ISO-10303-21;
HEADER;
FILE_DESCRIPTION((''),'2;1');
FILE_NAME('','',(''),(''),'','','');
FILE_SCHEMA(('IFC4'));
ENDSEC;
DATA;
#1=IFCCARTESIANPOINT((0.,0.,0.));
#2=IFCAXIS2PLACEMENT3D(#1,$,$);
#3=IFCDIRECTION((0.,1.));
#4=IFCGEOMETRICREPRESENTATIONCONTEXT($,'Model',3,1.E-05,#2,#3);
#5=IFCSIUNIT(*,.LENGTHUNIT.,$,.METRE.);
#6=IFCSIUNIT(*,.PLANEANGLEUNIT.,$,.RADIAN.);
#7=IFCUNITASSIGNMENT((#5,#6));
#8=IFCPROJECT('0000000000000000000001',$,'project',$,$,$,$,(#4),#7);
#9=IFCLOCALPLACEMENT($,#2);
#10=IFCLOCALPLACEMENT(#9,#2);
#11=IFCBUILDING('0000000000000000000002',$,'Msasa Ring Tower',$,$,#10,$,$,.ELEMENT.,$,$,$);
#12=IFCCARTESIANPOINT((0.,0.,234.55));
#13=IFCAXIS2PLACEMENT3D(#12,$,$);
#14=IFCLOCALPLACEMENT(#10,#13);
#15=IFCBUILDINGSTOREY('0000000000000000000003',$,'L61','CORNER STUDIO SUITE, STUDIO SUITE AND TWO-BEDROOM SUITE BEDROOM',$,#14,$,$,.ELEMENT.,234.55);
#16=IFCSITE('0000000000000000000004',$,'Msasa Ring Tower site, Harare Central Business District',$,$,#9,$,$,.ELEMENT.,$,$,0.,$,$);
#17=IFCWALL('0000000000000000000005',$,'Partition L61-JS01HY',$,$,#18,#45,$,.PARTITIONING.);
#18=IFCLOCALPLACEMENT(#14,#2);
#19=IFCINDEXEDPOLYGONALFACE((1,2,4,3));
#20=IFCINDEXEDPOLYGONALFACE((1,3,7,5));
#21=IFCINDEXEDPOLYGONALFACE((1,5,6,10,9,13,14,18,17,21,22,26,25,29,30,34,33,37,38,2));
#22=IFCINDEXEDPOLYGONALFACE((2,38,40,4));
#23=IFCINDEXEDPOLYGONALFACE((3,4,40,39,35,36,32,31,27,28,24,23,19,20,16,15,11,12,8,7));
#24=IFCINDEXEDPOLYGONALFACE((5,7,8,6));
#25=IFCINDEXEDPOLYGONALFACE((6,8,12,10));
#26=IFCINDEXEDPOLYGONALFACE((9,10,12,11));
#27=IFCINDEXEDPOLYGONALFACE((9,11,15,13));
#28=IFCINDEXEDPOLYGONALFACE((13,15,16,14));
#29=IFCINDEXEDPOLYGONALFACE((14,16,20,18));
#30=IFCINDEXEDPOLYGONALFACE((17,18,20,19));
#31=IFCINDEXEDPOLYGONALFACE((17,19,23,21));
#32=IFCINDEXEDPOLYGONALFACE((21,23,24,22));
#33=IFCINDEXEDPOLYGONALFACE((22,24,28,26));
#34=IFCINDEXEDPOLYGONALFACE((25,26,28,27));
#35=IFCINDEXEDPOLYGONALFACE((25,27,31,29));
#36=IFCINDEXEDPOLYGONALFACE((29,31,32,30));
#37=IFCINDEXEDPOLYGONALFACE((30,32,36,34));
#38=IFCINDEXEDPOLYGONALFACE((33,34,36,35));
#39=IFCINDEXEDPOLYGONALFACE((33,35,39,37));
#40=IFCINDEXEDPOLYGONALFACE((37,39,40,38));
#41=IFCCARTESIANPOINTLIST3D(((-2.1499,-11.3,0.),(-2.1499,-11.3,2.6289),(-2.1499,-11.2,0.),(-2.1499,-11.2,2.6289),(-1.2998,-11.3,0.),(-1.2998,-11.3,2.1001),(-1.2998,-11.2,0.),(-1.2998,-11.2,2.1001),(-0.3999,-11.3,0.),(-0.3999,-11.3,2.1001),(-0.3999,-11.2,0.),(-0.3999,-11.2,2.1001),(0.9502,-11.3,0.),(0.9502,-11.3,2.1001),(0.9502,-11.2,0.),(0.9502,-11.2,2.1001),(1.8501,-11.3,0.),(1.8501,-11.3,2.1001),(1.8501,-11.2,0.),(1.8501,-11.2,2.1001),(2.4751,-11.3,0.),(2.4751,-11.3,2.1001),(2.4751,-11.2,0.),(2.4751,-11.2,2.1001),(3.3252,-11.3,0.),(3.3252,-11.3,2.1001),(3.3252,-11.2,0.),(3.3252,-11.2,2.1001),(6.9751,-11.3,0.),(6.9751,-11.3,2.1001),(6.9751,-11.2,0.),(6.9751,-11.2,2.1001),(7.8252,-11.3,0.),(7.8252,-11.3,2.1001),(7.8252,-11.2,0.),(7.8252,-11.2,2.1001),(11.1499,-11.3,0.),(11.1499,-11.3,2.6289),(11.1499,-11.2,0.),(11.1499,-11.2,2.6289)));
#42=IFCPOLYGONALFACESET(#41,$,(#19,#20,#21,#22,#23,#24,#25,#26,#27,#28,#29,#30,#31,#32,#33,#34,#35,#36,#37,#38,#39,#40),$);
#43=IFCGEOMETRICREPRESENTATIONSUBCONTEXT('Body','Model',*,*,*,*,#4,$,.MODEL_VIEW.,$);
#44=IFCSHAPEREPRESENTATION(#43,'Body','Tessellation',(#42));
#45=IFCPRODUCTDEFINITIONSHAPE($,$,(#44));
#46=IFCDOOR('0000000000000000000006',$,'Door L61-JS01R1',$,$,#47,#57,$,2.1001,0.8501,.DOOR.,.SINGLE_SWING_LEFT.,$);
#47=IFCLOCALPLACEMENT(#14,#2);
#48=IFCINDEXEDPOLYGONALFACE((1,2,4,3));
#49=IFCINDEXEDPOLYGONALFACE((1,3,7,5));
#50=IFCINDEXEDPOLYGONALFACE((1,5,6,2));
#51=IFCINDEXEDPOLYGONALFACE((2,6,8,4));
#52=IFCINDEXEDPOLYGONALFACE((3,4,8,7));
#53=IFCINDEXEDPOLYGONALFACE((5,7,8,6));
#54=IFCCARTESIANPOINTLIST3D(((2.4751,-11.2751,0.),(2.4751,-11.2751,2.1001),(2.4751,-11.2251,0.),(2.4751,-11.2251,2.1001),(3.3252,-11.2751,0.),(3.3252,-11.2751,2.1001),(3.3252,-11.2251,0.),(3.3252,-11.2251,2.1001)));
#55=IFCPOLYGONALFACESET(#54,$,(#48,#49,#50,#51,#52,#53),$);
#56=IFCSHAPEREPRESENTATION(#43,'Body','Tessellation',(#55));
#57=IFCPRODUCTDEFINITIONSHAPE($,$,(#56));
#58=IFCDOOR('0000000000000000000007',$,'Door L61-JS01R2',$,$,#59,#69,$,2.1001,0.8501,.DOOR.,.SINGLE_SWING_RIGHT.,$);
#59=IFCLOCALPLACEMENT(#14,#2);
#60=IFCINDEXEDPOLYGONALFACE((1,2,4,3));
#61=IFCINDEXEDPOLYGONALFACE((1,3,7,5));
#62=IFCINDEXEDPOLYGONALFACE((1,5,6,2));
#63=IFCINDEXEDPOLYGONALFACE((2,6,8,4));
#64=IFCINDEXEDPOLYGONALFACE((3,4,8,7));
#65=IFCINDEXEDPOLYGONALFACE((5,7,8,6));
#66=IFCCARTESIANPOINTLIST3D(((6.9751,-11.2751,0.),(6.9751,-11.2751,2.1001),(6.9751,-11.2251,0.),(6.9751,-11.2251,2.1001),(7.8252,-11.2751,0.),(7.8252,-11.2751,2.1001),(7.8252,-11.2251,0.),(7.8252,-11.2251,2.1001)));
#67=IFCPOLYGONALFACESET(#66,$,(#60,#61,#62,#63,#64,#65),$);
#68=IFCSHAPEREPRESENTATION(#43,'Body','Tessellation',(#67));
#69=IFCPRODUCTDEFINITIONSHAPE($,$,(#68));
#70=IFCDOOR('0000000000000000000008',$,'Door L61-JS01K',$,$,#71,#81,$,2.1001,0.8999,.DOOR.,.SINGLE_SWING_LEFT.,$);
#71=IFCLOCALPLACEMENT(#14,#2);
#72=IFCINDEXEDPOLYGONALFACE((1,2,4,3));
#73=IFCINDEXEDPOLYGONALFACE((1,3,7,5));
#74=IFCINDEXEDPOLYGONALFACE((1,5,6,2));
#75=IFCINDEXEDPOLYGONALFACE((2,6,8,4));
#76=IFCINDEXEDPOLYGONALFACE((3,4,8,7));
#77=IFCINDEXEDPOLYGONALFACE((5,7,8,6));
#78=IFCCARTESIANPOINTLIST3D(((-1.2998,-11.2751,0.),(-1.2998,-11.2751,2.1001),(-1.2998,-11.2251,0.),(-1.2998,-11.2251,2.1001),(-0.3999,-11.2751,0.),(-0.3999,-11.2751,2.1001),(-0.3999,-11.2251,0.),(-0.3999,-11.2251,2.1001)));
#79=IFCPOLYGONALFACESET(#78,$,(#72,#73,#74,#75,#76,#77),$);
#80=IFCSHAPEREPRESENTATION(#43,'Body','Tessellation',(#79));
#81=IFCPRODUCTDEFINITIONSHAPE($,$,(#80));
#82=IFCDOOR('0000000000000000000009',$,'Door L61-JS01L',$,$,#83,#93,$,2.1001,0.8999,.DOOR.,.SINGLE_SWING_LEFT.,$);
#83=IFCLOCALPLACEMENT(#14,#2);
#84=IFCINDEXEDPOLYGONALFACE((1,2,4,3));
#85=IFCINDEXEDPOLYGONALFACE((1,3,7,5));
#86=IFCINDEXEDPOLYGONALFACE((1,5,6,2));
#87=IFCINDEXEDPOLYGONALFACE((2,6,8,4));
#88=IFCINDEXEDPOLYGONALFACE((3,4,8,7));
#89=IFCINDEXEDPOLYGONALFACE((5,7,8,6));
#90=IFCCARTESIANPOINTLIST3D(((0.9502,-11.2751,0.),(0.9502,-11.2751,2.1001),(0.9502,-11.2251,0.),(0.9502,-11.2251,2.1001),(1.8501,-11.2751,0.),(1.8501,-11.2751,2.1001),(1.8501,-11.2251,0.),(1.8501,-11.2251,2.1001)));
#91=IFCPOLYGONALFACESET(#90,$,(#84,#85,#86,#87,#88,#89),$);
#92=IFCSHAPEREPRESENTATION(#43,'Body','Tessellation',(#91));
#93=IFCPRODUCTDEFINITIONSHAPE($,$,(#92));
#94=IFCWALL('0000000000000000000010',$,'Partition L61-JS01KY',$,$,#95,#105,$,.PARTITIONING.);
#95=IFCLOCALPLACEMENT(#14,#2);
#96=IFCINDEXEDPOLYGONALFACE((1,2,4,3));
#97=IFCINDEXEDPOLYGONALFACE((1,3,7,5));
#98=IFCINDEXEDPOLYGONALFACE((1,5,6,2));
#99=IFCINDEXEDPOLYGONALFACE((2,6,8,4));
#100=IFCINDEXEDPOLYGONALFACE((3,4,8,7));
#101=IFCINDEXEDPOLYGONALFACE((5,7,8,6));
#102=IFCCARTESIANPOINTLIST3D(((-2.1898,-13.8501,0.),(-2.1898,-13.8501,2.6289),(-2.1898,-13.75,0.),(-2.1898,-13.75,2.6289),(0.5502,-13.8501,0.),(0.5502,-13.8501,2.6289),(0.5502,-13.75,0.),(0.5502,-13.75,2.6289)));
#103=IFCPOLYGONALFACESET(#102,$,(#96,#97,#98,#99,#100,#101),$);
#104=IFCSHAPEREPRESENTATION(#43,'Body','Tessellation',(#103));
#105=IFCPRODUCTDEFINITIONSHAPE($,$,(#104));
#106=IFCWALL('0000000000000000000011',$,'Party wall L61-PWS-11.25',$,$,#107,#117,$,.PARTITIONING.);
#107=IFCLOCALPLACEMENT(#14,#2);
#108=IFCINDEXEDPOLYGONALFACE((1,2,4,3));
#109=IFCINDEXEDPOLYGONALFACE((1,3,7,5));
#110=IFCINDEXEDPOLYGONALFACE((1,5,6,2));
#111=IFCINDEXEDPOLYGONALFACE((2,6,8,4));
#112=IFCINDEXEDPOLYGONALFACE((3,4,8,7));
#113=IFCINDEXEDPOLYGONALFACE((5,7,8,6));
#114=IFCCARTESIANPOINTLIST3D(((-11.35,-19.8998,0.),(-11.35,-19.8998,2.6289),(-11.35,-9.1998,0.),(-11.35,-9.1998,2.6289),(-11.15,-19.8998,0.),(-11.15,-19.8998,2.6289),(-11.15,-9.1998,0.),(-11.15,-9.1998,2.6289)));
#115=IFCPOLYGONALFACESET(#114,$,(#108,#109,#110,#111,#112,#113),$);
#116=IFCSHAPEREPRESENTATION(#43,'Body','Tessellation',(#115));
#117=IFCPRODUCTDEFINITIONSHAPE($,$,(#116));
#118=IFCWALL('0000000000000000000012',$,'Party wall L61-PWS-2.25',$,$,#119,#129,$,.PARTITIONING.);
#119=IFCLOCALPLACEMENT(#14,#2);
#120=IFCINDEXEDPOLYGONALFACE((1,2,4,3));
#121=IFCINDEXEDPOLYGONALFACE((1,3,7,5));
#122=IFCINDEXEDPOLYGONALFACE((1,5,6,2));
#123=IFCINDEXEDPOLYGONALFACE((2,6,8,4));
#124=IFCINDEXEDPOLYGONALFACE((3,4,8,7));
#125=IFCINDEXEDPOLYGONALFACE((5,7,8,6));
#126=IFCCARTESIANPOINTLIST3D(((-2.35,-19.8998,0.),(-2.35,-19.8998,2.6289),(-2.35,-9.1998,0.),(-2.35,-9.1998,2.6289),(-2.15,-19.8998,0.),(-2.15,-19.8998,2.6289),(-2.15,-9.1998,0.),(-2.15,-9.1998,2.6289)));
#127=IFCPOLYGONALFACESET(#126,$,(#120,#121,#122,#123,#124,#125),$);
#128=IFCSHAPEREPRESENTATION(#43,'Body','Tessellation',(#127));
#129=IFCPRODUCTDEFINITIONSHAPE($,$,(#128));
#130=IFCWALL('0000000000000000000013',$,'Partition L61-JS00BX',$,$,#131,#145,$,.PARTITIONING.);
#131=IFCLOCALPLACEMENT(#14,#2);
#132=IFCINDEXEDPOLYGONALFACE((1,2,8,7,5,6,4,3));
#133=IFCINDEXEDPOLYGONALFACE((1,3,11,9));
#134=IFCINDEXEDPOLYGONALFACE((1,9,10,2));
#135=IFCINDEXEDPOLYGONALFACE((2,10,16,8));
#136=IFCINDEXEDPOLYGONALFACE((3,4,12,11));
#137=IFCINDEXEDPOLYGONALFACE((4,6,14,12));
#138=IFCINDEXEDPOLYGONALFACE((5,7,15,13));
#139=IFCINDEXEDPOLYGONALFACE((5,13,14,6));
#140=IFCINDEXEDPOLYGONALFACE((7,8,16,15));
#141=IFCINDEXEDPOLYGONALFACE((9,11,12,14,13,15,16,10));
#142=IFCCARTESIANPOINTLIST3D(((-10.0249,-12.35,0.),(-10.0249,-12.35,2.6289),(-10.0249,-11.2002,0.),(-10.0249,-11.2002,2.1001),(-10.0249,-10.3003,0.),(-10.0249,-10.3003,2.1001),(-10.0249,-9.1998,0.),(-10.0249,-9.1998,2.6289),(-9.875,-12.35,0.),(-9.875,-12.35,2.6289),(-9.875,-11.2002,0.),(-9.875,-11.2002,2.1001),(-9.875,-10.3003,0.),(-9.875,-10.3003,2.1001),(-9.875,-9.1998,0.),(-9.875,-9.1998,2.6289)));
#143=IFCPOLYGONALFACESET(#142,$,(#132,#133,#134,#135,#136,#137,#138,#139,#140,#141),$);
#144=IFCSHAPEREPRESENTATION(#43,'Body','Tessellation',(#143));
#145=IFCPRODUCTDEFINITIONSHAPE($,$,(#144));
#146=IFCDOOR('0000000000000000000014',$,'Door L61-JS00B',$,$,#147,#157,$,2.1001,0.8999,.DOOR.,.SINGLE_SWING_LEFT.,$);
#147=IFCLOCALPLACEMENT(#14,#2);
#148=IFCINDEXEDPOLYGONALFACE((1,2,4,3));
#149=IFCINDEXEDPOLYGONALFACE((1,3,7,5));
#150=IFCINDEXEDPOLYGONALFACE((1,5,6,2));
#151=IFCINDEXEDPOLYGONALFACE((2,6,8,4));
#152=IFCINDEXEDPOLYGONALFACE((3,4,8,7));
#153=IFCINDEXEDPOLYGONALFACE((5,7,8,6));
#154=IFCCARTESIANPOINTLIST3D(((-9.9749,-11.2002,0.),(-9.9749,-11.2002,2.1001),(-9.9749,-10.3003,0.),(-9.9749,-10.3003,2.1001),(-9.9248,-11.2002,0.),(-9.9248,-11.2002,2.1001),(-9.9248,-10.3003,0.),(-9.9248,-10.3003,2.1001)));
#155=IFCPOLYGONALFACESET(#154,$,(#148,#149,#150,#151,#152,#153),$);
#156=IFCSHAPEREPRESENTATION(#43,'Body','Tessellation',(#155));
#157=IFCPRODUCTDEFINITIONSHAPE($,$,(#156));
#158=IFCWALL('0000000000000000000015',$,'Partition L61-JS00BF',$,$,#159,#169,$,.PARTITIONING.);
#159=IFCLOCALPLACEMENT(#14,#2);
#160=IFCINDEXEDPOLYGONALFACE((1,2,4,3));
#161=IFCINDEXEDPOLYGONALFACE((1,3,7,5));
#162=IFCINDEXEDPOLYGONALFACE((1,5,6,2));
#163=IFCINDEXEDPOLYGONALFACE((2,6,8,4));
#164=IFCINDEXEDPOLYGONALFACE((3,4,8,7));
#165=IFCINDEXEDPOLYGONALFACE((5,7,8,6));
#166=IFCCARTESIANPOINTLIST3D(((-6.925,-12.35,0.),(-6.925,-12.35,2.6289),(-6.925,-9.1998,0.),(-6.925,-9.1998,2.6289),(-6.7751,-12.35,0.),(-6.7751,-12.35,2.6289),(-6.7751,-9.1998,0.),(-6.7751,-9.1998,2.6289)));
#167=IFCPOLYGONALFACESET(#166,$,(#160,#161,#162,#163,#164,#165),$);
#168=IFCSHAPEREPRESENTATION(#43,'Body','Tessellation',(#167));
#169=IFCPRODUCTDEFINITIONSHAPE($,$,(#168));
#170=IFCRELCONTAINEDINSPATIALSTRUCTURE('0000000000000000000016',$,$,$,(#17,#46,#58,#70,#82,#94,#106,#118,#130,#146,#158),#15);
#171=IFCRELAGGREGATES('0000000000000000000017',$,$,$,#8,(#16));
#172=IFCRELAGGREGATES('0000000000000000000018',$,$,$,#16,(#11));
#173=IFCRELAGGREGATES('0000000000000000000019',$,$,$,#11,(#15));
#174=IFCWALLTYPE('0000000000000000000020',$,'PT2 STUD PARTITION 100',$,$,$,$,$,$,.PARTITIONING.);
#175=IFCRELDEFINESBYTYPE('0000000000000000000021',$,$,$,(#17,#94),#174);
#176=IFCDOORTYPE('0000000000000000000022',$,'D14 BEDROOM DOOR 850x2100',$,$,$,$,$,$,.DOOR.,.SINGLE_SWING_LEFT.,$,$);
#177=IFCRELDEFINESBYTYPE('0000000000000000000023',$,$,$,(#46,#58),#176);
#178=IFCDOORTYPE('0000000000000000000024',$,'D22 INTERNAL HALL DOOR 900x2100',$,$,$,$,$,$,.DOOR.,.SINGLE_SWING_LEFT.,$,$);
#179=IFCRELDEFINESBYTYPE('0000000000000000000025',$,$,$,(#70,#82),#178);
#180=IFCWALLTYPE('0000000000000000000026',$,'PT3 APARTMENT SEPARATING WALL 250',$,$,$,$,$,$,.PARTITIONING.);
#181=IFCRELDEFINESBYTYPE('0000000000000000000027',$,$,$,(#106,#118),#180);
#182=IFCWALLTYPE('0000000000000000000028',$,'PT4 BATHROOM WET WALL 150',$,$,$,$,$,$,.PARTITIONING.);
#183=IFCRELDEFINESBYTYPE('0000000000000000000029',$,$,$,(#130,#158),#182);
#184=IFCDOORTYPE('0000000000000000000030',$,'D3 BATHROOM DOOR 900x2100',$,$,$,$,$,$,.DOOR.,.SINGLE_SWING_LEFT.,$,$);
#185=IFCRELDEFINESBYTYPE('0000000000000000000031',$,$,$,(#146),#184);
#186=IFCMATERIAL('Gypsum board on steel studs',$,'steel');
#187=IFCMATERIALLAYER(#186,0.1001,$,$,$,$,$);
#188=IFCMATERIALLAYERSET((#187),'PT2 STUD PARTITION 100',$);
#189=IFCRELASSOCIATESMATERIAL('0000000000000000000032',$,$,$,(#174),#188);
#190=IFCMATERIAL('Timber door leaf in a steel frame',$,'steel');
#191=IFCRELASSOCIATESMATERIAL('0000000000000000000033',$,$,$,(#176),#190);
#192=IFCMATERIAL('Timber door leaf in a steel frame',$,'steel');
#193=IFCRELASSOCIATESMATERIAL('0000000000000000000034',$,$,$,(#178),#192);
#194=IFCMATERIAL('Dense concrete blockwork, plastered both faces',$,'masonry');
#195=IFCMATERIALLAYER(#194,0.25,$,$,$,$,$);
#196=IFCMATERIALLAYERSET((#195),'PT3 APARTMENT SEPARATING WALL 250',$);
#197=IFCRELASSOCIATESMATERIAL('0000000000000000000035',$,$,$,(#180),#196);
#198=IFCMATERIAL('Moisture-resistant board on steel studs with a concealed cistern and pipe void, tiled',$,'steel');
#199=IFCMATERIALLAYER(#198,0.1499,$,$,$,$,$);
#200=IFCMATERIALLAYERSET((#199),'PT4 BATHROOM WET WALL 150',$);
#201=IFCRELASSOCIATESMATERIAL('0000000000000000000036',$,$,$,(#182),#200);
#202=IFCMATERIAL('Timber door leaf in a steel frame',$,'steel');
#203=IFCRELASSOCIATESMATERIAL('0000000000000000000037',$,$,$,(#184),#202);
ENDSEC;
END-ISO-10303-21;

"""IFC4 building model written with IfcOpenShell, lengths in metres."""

from ifc_helpers import new_model, si_unit, direction, frame, frame_2d, origin, place, context, subcontext, project, spatial, rectangle, extrude, material, layer, layer_set, type_object, element, fill, save


model = new_model("IFC4")

# Units and contexts
model_context = context("Model", 3, precision=1e-05, world=origin(), true_north=direction((0.0, 1.0)))
body_context = subcontext(model_context, "Body", "Model", "MODEL_VIEW")
ifc_project = project(units=[si_unit("LENGTHUNIT", "METRE"), si_unit("PLANEANGLEUNIT", "RADIAN")], contexts=[model_context])

# Site, building, storey
site_placement = place(None, origin())
site = spatial("IfcSite", under=ifc_project, at=site_placement, Name="Msasa Ring Tower site, Harare Central Business District", CompositionType="ELEMENT", RefElevation=0.0)
building_placement = place(site_placement, origin())
building = spatial("IfcBuilding", under=site, at=building_placement, Name="Msasa Ring Tower", CompositionType="ELEMENT")
storey_placement = place(building_placement, frame((0.0, 0.0, 234.55)))
storey = spatial("IfcBuildingStorey", under=building, at=storey_placement, Name="L61", Description="CORNER STUDIO SUITE, STUDIO SUITE AND TWO-BEDROOM SUITE BEDROOM", CompositionType="ELEMENT", Elevation=234.55)

# Wall, openings, doors
ifc_material_1 = material(Name="Gypsum board on steel studs", Category="steel")
ifc_layer_1 = layer(ifc_material_1, 0.1001)
ifc_layer_set_1 = layer_set([ifc_layer_1], Name="PT2 STUD PARTITION 100")
wall_type_1 = type_object("IfcWallType", Name="PT2 STUD PARTITION 100", PredefinedType="PARTITIONING", material=ifc_layer_set_1)
wall_1_placement = place(storey_placement, frame((-2.1499, -11.25, 0.0), z_axis=(0.0, 0.0, 1.0), x_axis=(1.0, 0.0, 0.0)))
wall_1 = element("IfcWall", 1, at=wall_1_placement, inside=storey, type_object=wall_type_1, Name="Partition L61-JS01HY", PredefinedType="PARTITIONING", context=body_context, shape_type="SweptSolid", body=[
    extrude(rectangle(XDim=13.2998, YDim=0.1001, at=frame_2d((6.6499, 0.0))), origin(), (0.0, 0.0, 1.0), 2.6289),
])
opening_1_placement = place(wall_1_placement, frame((0.8501, 0.0, 0.0)))
opening_1 = element("IfcOpeningElement", 2, at=opening_1_placement, cuts=wall_1, PredefinedType="OPENING", context=body_context, shape_type="SweptSolid", body=[
    extrude(rectangle(XDim=0.8999, YDim=2.1001, at=frame_2d((0.45, 1.05))), frame((0.0, 0.0601, 0.0), z_axis=(0.0, -1.0, 0.0), x_axis=(1.0, 0.0, 0.0)), (0.0, 0.0, 1.0), 0.1201),
])
opening_2_placement = place(wall_1_placement, frame((3.1001, 0.0, 0.0)))
opening_2 = element("IfcOpeningElement", 3, at=opening_2_placement, cuts=wall_1, PredefinedType="OPENING", context=body_context, shape_type="SweptSolid", body=[
    extrude(rectangle(XDim=0.8999, YDim=2.1001, at=frame_2d((0.45, 1.05))), frame((0.0, 0.0601, 0.0), z_axis=(0.0, -1.0, 0.0), x_axis=(1.0, 0.0, 0.0)), (0.0, 0.0, 1.0), 0.1201),
])
opening_3_placement = place(wall_1_placement, frame((4.625, 0.0, 0.0)))
opening_3 = element("IfcOpeningElement", 4, at=opening_3_placement, cuts=wall_1, PredefinedType="OPENING", context=body_context, shape_type="SweptSolid", body=[
    extrude(rectangle(XDim=0.8501, YDim=2.1001, at=frame_2d((0.425, 1.05))), frame((0.0, 0.0601, 0.0), z_axis=(0.0, -1.0, 0.0), x_axis=(1.0, 0.0, 0.0)), (0.0, 0.0, 1.0), 0.1201),
])
opening_4_placement = place(wall_1_placement, frame((9.125, 0.0, 0.0)))
opening_4 = element("IfcOpeningElement", 5, at=opening_4_placement, cuts=wall_1, PredefinedType="OPENING", context=body_context, shape_type="SweptSolid", body=[
    extrude(rectangle(XDim=0.8501, YDim=2.1001, at=frame_2d((0.425, 1.05))), frame((0.0, 0.0601, 0.0), z_axis=(0.0, -1.0, 0.0), x_axis=(1.0, 0.0, 0.0)), (0.0, 0.0, 1.0), 0.1201),
])
ifc_material_2 = material(Name="Timber door leaf in a steel frame", Category="steel")
door_type_1 = type_object("IfcDoorType", Name="D14 BEDROOM DOOR 850x2100", OperationType="SINGLE_SWING_LEFT", PredefinedType="DOOR", material=ifc_material_2)
door_1_placement = place(opening_3_placement, origin())
door_1 = element("IfcDoor", 6, at=door_1_placement, inside=storey, type_object=door_type_1, Name="Door L61-JS01R1", OperationType="SINGLE_SWING_LEFT", OverallHeight=2.1001, OverallWidth=0.8501, PredefinedType="DOOR", context=body_context, shape_type="SweptSolid", body=[
    extrude(rectangle(XDim=0.8501, YDim=2.1001, at=frame_2d((0.425, 1.05))), frame((0.0, 0.0249, 0.0), z_axis=(0.0, -1.0, 0.0), x_axis=(1.0, 0.0, 0.0)), (0.0, 0.0, 1.0), 0.05),
])
fill(opening_3, door_1)
door_2_placement = place(opening_4_placement, origin())
door_2 = element("IfcDoor", 7, at=door_2_placement, inside=storey, type_object=door_type_1, Name="Door L61-JS01R2", OperationType="SINGLE_SWING_RIGHT", OverallHeight=2.1001, OverallWidth=0.8501, PredefinedType="DOOR", context=body_context, shape_type="SweptSolid", body=[
    extrude(rectangle(XDim=0.8501, YDim=2.1001, at=frame_2d((0.425, 1.05))), frame((0.0, 0.0249, 0.0), z_axis=(0.0, -1.0, 0.0), x_axis=(1.0, 0.0, 0.0)), (0.0, 0.0, 1.0), 0.05),
])
fill(opening_4, door_2)
ifc_material_3 = material(Name="Timber door leaf in a steel frame", Category="steel")
door_type_2 = type_object("IfcDoorType", Name="D22 INTERNAL HALL DOOR 900x2100", OperationType="SINGLE_SWING_LEFT", PredefinedType="DOOR", material=ifc_material_3)
door_3_placement = place(opening_1_placement, origin())
door_3 = element("IfcDoor", 8, at=door_3_placement, inside=storey, type_object=door_type_2, Name="Door L61-JS01K", OperationType="SINGLE_SWING_LEFT", OverallHeight=2.1001, OverallWidth=0.8999, PredefinedType="DOOR", context=body_context, shape_type="SweptSolid", body=[
    extrude(rectangle(XDim=0.8999, YDim=2.1001, at=frame_2d((0.45, 1.05))), frame((0.0, 0.0249, 0.0), z_axis=(0.0, -1.0, 0.0), x_axis=(1.0, 0.0, 0.0)), (0.0, 0.0, 1.0), 0.05),
])
fill(opening_1, door_3)
door_4_placement = place(opening_2_placement, origin())
door_4 = element("IfcDoor", 9, at=door_4_placement, inside=storey, type_object=door_type_2, Name="Door L61-JS01L", OperationType="SINGLE_SWING_LEFT", OverallHeight=2.1001, OverallWidth=0.8999, PredefinedType="DOOR", context=body_context, shape_type="SweptSolid", body=[
    extrude(rectangle(XDim=0.8999, YDim=2.1001, at=frame_2d((0.45, 1.05))), frame((0.0, 0.0249, 0.0), z_axis=(0.0, -1.0, 0.0), x_axis=(1.0, 0.0, 0.0)), (0.0, 0.0, 1.0), 0.05),
])
fill(opening_2, door_4)

# Walls
wall_2_placement = place(storey_placement, frame((-2.1899, -13.8, 0.0), z_axis=(0.0, 0.0, 1.0), x_axis=(1.0, 0.0, 0.0)))
element("IfcWall", 10, at=wall_2_placement, inside=storey, type_object=wall_type_1, Name="Partition L61-JS01KY", PredefinedType="PARTITIONING", context=body_context, shape_type="SweptSolid", body=[
    extrude(rectangle(XDim=2.74, YDim=0.1001, at=frame_2d((1.3701, 0.0))), origin(), (0.0, 0.0, 1.0), 2.6289),
])
ifc_material_4 = material(Name="Dense concrete blockwork, plastered both faces", Category="masonry")
ifc_layer_2 = layer(ifc_material_4, 0.25)
ifc_layer_set_2 = layer_set([ifc_layer_2], Name="PT3 APARTMENT SEPARATING WALL 250")
wall_type_2 = type_object("IfcWallType", Name="PT3 APARTMENT SEPARATING WALL 250", PredefinedType="PARTITIONING", material=ifc_layer_set_2)
for number, where, z_axis, x_axis, name in (
    (11, (-11.25, -19.8999, 0.0), (0.0, 0.0, 1.0), (0.0, 1.0, 0.0), "Party wall L61-PWS-11.25"),
    (12, (-2.25, -19.8999, 0.0), (0.0, 0.0, 1.0), (0.0, 1.0, 0.0), "Party wall L61-PWS-2.25"),
):
    element("IfcWall", number, at=place(storey_placement, frame(where, z_axis=z_axis, x_axis=x_axis)), inside=storey, type_object=wall_type_2, Name=name, PredefinedType="PARTITIONING", context=body_context, shape_type="SweptSolid", body=[
        extrude(rectangle(XDim=10.7, YDim=0.2, at=frame_2d((5.3501, 0.0))), origin(), (0.0, 0.0, 1.0), 2.6289),
    ])

# Wall, opening, door
ifc_material_5 = material(Name="Moisture-resistant board on steel studs with a concealed cistern and pipe void, tiled", Category="steel")
ifc_layer_3 = layer(ifc_material_5, 0.1499)
ifc_layer_set_3 = layer_set([ifc_layer_3], Name="PT4 BATHROOM WET WALL 150")
wall_type_3 = type_object("IfcWallType", Name="PT4 BATHROOM WET WALL 150", PredefinedType="PARTITIONING", material=ifc_layer_set_3)
wall_3_placement = place(storey_placement, frame((-9.95, -12.3501, 0.0), z_axis=(0.0, 0.0, 1.0), x_axis=(0.0, 1.0, 0.0)))
wall_3 = element("IfcWall", 13, at=wall_3_placement, inside=storey, type_object=wall_type_3, Name="Partition L61-JS00BX", PredefinedType="PARTITIONING", context=body_context, shape_type="SweptSolid", body=[
    extrude(rectangle(XDim=3.1501, YDim=0.1499, at=frame_2d((1.5752, 0.0))), origin(), (0.0, 0.0, 1.0), 2.6289),
])
opening_5_placement = place(wall_3_placement, frame((1.1499, 0.0, 0.0)))
opening_5 = element("IfcOpeningElement", 14, at=opening_5_placement, cuts=wall_3, PredefinedType="OPENING", context=body_context, shape_type="SweptSolid", body=[
    extrude(rectangle(XDim=0.8999, YDim=2.1001, at=frame_2d((0.45, 1.05))), frame((0.0, 0.085, 0.0), z_axis=(0.0, -1.0, 0.0), x_axis=(1.0, 0.0, 0.0)), (0.0, 0.0, 1.0), 0.1699),
])
ifc_material_6 = material(Name="Timber door leaf in a steel frame", Category="steel")
door_type_3 = type_object("IfcDoorType", Name="D3 BATHROOM DOOR 900x2100", OperationType="SINGLE_SWING_LEFT", PredefinedType="DOOR", material=ifc_material_6)
door_5_placement = place(opening_5_placement, origin())
door_5 = element("IfcDoor", 15, at=door_5_placement, inside=storey, type_object=door_type_3, Name="Door L61-JS00B", OperationType="SINGLE_SWING_LEFT", OverallHeight=2.1001, OverallWidth=0.8999, PredefinedType="DOOR", context=body_context, shape_type="SweptSolid", body=[
    extrude(rectangle(XDim=0.8999, YDim=2.1001, at=frame_2d((0.45, 1.05))), frame((0.0, 0.0249, 0.0), z_axis=(0.0, -1.0, 0.0), x_axis=(1.0, 0.0, 0.0)), (0.0, 0.0, 1.0), 0.05),
])
fill(opening_5, door_5)

# Wall
wall_4_placement = place(storey_placement, frame((-6.8501, -12.3501, 0.0), z_axis=(0.0, 0.0, 1.0), x_axis=(0.0, 1.0, 0.0)))
element("IfcWall", 16, at=wall_4_placement, inside=storey, type_object=wall_type_3, Name="Partition L61-JS00BF", PredefinedType="PARTITIONING", context=body_context, shape_type="SweptSolid", body=[
    extrude(rectangle(XDim=3.1501, YDim=0.1499, at=frame_2d((1.5752, 0.0))), origin(), (0.0, 0.0, 1.0), 2.6289),
])

save(model, "model.ifc")
